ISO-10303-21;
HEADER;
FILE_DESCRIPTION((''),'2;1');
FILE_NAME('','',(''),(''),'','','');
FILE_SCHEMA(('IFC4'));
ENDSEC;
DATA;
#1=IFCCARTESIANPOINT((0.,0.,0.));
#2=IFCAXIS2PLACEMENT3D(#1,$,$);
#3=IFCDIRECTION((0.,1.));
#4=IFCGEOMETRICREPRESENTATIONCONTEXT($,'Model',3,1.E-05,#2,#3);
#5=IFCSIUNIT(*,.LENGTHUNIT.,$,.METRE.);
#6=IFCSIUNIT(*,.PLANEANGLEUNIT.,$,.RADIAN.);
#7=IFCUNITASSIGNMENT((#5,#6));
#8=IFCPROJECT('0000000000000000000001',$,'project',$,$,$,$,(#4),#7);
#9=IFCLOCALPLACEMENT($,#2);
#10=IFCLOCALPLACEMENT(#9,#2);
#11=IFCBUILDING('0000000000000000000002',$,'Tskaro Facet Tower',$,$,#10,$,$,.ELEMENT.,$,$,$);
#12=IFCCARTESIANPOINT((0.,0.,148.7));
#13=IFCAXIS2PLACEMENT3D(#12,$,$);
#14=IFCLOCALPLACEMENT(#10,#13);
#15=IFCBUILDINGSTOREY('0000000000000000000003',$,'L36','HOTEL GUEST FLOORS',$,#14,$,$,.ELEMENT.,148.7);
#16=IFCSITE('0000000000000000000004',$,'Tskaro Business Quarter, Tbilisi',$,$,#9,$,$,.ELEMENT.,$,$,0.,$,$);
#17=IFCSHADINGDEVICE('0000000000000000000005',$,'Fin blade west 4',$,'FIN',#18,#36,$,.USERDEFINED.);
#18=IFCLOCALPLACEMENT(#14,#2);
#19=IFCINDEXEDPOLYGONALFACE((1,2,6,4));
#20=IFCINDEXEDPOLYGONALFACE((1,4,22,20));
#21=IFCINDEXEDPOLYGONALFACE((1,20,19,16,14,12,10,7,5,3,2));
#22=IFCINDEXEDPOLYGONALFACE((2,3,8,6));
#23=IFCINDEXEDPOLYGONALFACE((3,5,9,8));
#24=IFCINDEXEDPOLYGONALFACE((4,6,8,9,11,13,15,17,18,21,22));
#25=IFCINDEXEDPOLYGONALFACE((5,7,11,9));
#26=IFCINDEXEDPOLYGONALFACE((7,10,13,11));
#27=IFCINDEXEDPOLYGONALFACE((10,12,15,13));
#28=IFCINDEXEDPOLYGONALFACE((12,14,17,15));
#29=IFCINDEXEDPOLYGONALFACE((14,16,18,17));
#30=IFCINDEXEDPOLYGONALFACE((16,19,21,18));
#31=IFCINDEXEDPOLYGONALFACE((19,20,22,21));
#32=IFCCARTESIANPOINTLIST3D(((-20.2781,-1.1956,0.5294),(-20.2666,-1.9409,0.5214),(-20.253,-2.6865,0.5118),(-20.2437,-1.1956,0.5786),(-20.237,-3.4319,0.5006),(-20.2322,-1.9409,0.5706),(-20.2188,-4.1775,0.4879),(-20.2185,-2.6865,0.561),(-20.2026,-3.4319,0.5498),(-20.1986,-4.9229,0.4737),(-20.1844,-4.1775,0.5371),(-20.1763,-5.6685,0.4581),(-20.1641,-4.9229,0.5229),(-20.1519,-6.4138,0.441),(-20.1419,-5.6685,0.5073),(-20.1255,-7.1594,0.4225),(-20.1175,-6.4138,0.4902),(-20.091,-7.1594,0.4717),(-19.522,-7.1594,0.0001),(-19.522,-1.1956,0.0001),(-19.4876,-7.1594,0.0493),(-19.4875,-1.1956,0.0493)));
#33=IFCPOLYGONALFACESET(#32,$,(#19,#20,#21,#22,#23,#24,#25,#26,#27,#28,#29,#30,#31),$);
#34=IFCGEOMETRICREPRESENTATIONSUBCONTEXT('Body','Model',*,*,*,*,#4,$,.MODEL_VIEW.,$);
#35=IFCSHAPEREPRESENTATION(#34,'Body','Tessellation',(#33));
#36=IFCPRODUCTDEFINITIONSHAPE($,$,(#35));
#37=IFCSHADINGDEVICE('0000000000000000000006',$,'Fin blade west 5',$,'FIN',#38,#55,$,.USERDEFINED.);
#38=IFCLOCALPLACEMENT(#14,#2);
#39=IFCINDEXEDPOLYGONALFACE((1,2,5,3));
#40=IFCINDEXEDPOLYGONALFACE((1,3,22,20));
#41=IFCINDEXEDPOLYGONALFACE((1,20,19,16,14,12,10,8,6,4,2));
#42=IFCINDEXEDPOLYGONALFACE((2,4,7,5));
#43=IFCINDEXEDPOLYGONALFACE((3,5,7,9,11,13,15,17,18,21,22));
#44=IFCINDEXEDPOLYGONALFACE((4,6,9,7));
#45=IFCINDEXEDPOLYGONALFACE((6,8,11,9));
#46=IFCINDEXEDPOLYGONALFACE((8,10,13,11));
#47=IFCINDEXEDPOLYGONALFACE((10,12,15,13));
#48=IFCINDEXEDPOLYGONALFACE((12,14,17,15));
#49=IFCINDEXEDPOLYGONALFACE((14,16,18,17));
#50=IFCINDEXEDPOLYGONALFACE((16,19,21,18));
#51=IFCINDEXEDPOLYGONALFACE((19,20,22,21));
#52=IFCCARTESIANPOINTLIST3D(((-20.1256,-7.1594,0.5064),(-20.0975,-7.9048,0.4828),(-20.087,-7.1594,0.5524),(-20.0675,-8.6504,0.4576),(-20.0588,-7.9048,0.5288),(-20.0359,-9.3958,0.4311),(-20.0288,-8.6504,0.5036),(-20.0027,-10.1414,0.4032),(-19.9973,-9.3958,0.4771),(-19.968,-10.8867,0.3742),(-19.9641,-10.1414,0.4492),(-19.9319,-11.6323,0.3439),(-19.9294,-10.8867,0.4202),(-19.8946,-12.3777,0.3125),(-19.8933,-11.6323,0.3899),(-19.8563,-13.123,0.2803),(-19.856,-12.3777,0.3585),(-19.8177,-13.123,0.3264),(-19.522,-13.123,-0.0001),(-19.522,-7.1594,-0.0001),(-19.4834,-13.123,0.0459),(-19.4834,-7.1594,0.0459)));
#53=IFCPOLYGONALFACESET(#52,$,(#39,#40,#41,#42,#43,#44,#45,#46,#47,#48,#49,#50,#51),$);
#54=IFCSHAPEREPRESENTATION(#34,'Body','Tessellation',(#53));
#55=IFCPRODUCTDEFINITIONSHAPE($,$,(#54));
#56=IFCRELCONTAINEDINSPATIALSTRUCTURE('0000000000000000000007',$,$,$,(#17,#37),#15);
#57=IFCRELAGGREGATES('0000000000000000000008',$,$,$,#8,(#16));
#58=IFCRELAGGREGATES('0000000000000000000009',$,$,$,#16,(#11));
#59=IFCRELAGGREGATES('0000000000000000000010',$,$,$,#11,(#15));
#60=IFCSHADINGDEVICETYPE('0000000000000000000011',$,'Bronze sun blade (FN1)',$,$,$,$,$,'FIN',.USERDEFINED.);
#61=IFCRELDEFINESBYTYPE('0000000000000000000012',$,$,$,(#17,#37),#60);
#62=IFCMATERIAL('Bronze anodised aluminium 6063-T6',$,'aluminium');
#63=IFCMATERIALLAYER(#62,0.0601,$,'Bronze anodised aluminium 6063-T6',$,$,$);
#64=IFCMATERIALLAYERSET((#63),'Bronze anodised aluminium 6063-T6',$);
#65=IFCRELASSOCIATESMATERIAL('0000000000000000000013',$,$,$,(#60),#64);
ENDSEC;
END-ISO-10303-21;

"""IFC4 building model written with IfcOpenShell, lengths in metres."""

from ifc_helpers import new_model, si_unit, direction, frame, origin, place, context, subcontext, project, spatial, polyline, outline, extrude, material, layer, layer_set, type_object, element, save


model = new_model("IFC4")

# Units and contexts
model_context = context("Model", 3, precision=1e-05, world=origin(), true_north=direction((0.0, 1.0)))
body_context = subcontext(model_context, "Body", "Model", "MODEL_VIEW")
ifc_project = project(units=[si_unit("LENGTHUNIT", "METRE"), si_unit("PLANEANGLEUNIT", "RADIAN")], contexts=[model_context])

# Site, building, storey
site_placement = place(None, origin())
site = spatial("IfcSite", under=ifc_project, at=site_placement, Name="Tskaro Business Quarter, Tbilisi", CompositionType="ELEMENT", RefElevation=0.0)
building_placement = place(site_placement, origin())
building = spatial("IfcBuilding", under=site, at=building_placement, Name="Tskaro Facet Tower", CompositionType="ELEMENT")
storey_placement = place(building_placement, frame((0.0, 0.0, 148.7)))
storey = spatial("IfcBuildingStorey", under=building, at=storey_placement, Name="L36", Description="HOTEL GUEST FLOORS", CompositionType="ELEMENT", Elevation=148.7)

# Shared definitions
ifc_material_1 = material(Name="Bronze anodised aluminium 6063-T6", Category="aluminium")

# Shading devices
ifc_layer_1 = layer(ifc_material_1, 0.0601, Name="Bronze anodised aluminium 6063-T6")
ifc_layer_set_1 = layer_set([ifc_layer_1], Name="Bronze anodised aluminium 6063-T6")
shading_device_type = type_object("IfcShadingDeviceType", Name="Bronze sun blade (FN1)", ElementType="FIN", PredefinedType="USERDEFINED", material=ifc_layer_set_1)
shading_device_1_placement = place(storey_placement, frame((-19.4875, -1.1956, 0.0493), z_axis=(0.573468, -0.000008, 0.819228), x_axis=(-0.000004, -1.0, -0.000006)))
element("IfcShadingDevice", 1, at=shading_device_1_placement, inside=storey, type_object=shading_device_type, Name="Fin blade west 4", ObjectType="FIN", PredefinedType="USERDEFINED", context=body_context, shape_type="SweptSolid", body=[
    extrude(outline(polyline([(0.0, 0.0), (5.9639, 0.0), (5.9639, -0.7366), (5.2183, -0.7689), (4.4729, -0.7987), (3.7273, -0.8258), (2.9819, -0.8506), (2.2363, -0.8728), (1.491, -0.8923), (0.7454, -0.9089), (0.0, -0.923), (0.0, 0.0)])), origin(), (0.0, 0.0, -1.0), 0.0601),
])
shading_device_2_placement = place(storey_placement, frame((-19.4834, -7.1594, 0.0459), z_axis=(0.642827, -0.000009, 0.766012), x_axis=(-0.000006, -1.0, -0.000007)))
element("IfcShadingDevice", 2, at=shading_device_2_placement, inside=storey, type_object=shading_device_type, Name="Fin blade west 5", ObjectType="FIN", PredefinedType="USERDEFINED", context=body_context, shape_type="SweptSolid", body=[
    extrude(outline(polyline([(0.0, 0.0), (5.9636, 0.0), (5.9636, -0.4363), (5.2183, -0.4864), (4.4729, -0.5351), (3.7273, -0.5823), (2.9819, -0.6275), (2.2363, -0.6708), (1.491, -0.7121), (0.7454, -0.7512), (0.0, -0.788), (0.0, 0.0)])), origin(), (0.0, 0.0, -1.0), 0.0601),
])

save(model, "model.ifc")
